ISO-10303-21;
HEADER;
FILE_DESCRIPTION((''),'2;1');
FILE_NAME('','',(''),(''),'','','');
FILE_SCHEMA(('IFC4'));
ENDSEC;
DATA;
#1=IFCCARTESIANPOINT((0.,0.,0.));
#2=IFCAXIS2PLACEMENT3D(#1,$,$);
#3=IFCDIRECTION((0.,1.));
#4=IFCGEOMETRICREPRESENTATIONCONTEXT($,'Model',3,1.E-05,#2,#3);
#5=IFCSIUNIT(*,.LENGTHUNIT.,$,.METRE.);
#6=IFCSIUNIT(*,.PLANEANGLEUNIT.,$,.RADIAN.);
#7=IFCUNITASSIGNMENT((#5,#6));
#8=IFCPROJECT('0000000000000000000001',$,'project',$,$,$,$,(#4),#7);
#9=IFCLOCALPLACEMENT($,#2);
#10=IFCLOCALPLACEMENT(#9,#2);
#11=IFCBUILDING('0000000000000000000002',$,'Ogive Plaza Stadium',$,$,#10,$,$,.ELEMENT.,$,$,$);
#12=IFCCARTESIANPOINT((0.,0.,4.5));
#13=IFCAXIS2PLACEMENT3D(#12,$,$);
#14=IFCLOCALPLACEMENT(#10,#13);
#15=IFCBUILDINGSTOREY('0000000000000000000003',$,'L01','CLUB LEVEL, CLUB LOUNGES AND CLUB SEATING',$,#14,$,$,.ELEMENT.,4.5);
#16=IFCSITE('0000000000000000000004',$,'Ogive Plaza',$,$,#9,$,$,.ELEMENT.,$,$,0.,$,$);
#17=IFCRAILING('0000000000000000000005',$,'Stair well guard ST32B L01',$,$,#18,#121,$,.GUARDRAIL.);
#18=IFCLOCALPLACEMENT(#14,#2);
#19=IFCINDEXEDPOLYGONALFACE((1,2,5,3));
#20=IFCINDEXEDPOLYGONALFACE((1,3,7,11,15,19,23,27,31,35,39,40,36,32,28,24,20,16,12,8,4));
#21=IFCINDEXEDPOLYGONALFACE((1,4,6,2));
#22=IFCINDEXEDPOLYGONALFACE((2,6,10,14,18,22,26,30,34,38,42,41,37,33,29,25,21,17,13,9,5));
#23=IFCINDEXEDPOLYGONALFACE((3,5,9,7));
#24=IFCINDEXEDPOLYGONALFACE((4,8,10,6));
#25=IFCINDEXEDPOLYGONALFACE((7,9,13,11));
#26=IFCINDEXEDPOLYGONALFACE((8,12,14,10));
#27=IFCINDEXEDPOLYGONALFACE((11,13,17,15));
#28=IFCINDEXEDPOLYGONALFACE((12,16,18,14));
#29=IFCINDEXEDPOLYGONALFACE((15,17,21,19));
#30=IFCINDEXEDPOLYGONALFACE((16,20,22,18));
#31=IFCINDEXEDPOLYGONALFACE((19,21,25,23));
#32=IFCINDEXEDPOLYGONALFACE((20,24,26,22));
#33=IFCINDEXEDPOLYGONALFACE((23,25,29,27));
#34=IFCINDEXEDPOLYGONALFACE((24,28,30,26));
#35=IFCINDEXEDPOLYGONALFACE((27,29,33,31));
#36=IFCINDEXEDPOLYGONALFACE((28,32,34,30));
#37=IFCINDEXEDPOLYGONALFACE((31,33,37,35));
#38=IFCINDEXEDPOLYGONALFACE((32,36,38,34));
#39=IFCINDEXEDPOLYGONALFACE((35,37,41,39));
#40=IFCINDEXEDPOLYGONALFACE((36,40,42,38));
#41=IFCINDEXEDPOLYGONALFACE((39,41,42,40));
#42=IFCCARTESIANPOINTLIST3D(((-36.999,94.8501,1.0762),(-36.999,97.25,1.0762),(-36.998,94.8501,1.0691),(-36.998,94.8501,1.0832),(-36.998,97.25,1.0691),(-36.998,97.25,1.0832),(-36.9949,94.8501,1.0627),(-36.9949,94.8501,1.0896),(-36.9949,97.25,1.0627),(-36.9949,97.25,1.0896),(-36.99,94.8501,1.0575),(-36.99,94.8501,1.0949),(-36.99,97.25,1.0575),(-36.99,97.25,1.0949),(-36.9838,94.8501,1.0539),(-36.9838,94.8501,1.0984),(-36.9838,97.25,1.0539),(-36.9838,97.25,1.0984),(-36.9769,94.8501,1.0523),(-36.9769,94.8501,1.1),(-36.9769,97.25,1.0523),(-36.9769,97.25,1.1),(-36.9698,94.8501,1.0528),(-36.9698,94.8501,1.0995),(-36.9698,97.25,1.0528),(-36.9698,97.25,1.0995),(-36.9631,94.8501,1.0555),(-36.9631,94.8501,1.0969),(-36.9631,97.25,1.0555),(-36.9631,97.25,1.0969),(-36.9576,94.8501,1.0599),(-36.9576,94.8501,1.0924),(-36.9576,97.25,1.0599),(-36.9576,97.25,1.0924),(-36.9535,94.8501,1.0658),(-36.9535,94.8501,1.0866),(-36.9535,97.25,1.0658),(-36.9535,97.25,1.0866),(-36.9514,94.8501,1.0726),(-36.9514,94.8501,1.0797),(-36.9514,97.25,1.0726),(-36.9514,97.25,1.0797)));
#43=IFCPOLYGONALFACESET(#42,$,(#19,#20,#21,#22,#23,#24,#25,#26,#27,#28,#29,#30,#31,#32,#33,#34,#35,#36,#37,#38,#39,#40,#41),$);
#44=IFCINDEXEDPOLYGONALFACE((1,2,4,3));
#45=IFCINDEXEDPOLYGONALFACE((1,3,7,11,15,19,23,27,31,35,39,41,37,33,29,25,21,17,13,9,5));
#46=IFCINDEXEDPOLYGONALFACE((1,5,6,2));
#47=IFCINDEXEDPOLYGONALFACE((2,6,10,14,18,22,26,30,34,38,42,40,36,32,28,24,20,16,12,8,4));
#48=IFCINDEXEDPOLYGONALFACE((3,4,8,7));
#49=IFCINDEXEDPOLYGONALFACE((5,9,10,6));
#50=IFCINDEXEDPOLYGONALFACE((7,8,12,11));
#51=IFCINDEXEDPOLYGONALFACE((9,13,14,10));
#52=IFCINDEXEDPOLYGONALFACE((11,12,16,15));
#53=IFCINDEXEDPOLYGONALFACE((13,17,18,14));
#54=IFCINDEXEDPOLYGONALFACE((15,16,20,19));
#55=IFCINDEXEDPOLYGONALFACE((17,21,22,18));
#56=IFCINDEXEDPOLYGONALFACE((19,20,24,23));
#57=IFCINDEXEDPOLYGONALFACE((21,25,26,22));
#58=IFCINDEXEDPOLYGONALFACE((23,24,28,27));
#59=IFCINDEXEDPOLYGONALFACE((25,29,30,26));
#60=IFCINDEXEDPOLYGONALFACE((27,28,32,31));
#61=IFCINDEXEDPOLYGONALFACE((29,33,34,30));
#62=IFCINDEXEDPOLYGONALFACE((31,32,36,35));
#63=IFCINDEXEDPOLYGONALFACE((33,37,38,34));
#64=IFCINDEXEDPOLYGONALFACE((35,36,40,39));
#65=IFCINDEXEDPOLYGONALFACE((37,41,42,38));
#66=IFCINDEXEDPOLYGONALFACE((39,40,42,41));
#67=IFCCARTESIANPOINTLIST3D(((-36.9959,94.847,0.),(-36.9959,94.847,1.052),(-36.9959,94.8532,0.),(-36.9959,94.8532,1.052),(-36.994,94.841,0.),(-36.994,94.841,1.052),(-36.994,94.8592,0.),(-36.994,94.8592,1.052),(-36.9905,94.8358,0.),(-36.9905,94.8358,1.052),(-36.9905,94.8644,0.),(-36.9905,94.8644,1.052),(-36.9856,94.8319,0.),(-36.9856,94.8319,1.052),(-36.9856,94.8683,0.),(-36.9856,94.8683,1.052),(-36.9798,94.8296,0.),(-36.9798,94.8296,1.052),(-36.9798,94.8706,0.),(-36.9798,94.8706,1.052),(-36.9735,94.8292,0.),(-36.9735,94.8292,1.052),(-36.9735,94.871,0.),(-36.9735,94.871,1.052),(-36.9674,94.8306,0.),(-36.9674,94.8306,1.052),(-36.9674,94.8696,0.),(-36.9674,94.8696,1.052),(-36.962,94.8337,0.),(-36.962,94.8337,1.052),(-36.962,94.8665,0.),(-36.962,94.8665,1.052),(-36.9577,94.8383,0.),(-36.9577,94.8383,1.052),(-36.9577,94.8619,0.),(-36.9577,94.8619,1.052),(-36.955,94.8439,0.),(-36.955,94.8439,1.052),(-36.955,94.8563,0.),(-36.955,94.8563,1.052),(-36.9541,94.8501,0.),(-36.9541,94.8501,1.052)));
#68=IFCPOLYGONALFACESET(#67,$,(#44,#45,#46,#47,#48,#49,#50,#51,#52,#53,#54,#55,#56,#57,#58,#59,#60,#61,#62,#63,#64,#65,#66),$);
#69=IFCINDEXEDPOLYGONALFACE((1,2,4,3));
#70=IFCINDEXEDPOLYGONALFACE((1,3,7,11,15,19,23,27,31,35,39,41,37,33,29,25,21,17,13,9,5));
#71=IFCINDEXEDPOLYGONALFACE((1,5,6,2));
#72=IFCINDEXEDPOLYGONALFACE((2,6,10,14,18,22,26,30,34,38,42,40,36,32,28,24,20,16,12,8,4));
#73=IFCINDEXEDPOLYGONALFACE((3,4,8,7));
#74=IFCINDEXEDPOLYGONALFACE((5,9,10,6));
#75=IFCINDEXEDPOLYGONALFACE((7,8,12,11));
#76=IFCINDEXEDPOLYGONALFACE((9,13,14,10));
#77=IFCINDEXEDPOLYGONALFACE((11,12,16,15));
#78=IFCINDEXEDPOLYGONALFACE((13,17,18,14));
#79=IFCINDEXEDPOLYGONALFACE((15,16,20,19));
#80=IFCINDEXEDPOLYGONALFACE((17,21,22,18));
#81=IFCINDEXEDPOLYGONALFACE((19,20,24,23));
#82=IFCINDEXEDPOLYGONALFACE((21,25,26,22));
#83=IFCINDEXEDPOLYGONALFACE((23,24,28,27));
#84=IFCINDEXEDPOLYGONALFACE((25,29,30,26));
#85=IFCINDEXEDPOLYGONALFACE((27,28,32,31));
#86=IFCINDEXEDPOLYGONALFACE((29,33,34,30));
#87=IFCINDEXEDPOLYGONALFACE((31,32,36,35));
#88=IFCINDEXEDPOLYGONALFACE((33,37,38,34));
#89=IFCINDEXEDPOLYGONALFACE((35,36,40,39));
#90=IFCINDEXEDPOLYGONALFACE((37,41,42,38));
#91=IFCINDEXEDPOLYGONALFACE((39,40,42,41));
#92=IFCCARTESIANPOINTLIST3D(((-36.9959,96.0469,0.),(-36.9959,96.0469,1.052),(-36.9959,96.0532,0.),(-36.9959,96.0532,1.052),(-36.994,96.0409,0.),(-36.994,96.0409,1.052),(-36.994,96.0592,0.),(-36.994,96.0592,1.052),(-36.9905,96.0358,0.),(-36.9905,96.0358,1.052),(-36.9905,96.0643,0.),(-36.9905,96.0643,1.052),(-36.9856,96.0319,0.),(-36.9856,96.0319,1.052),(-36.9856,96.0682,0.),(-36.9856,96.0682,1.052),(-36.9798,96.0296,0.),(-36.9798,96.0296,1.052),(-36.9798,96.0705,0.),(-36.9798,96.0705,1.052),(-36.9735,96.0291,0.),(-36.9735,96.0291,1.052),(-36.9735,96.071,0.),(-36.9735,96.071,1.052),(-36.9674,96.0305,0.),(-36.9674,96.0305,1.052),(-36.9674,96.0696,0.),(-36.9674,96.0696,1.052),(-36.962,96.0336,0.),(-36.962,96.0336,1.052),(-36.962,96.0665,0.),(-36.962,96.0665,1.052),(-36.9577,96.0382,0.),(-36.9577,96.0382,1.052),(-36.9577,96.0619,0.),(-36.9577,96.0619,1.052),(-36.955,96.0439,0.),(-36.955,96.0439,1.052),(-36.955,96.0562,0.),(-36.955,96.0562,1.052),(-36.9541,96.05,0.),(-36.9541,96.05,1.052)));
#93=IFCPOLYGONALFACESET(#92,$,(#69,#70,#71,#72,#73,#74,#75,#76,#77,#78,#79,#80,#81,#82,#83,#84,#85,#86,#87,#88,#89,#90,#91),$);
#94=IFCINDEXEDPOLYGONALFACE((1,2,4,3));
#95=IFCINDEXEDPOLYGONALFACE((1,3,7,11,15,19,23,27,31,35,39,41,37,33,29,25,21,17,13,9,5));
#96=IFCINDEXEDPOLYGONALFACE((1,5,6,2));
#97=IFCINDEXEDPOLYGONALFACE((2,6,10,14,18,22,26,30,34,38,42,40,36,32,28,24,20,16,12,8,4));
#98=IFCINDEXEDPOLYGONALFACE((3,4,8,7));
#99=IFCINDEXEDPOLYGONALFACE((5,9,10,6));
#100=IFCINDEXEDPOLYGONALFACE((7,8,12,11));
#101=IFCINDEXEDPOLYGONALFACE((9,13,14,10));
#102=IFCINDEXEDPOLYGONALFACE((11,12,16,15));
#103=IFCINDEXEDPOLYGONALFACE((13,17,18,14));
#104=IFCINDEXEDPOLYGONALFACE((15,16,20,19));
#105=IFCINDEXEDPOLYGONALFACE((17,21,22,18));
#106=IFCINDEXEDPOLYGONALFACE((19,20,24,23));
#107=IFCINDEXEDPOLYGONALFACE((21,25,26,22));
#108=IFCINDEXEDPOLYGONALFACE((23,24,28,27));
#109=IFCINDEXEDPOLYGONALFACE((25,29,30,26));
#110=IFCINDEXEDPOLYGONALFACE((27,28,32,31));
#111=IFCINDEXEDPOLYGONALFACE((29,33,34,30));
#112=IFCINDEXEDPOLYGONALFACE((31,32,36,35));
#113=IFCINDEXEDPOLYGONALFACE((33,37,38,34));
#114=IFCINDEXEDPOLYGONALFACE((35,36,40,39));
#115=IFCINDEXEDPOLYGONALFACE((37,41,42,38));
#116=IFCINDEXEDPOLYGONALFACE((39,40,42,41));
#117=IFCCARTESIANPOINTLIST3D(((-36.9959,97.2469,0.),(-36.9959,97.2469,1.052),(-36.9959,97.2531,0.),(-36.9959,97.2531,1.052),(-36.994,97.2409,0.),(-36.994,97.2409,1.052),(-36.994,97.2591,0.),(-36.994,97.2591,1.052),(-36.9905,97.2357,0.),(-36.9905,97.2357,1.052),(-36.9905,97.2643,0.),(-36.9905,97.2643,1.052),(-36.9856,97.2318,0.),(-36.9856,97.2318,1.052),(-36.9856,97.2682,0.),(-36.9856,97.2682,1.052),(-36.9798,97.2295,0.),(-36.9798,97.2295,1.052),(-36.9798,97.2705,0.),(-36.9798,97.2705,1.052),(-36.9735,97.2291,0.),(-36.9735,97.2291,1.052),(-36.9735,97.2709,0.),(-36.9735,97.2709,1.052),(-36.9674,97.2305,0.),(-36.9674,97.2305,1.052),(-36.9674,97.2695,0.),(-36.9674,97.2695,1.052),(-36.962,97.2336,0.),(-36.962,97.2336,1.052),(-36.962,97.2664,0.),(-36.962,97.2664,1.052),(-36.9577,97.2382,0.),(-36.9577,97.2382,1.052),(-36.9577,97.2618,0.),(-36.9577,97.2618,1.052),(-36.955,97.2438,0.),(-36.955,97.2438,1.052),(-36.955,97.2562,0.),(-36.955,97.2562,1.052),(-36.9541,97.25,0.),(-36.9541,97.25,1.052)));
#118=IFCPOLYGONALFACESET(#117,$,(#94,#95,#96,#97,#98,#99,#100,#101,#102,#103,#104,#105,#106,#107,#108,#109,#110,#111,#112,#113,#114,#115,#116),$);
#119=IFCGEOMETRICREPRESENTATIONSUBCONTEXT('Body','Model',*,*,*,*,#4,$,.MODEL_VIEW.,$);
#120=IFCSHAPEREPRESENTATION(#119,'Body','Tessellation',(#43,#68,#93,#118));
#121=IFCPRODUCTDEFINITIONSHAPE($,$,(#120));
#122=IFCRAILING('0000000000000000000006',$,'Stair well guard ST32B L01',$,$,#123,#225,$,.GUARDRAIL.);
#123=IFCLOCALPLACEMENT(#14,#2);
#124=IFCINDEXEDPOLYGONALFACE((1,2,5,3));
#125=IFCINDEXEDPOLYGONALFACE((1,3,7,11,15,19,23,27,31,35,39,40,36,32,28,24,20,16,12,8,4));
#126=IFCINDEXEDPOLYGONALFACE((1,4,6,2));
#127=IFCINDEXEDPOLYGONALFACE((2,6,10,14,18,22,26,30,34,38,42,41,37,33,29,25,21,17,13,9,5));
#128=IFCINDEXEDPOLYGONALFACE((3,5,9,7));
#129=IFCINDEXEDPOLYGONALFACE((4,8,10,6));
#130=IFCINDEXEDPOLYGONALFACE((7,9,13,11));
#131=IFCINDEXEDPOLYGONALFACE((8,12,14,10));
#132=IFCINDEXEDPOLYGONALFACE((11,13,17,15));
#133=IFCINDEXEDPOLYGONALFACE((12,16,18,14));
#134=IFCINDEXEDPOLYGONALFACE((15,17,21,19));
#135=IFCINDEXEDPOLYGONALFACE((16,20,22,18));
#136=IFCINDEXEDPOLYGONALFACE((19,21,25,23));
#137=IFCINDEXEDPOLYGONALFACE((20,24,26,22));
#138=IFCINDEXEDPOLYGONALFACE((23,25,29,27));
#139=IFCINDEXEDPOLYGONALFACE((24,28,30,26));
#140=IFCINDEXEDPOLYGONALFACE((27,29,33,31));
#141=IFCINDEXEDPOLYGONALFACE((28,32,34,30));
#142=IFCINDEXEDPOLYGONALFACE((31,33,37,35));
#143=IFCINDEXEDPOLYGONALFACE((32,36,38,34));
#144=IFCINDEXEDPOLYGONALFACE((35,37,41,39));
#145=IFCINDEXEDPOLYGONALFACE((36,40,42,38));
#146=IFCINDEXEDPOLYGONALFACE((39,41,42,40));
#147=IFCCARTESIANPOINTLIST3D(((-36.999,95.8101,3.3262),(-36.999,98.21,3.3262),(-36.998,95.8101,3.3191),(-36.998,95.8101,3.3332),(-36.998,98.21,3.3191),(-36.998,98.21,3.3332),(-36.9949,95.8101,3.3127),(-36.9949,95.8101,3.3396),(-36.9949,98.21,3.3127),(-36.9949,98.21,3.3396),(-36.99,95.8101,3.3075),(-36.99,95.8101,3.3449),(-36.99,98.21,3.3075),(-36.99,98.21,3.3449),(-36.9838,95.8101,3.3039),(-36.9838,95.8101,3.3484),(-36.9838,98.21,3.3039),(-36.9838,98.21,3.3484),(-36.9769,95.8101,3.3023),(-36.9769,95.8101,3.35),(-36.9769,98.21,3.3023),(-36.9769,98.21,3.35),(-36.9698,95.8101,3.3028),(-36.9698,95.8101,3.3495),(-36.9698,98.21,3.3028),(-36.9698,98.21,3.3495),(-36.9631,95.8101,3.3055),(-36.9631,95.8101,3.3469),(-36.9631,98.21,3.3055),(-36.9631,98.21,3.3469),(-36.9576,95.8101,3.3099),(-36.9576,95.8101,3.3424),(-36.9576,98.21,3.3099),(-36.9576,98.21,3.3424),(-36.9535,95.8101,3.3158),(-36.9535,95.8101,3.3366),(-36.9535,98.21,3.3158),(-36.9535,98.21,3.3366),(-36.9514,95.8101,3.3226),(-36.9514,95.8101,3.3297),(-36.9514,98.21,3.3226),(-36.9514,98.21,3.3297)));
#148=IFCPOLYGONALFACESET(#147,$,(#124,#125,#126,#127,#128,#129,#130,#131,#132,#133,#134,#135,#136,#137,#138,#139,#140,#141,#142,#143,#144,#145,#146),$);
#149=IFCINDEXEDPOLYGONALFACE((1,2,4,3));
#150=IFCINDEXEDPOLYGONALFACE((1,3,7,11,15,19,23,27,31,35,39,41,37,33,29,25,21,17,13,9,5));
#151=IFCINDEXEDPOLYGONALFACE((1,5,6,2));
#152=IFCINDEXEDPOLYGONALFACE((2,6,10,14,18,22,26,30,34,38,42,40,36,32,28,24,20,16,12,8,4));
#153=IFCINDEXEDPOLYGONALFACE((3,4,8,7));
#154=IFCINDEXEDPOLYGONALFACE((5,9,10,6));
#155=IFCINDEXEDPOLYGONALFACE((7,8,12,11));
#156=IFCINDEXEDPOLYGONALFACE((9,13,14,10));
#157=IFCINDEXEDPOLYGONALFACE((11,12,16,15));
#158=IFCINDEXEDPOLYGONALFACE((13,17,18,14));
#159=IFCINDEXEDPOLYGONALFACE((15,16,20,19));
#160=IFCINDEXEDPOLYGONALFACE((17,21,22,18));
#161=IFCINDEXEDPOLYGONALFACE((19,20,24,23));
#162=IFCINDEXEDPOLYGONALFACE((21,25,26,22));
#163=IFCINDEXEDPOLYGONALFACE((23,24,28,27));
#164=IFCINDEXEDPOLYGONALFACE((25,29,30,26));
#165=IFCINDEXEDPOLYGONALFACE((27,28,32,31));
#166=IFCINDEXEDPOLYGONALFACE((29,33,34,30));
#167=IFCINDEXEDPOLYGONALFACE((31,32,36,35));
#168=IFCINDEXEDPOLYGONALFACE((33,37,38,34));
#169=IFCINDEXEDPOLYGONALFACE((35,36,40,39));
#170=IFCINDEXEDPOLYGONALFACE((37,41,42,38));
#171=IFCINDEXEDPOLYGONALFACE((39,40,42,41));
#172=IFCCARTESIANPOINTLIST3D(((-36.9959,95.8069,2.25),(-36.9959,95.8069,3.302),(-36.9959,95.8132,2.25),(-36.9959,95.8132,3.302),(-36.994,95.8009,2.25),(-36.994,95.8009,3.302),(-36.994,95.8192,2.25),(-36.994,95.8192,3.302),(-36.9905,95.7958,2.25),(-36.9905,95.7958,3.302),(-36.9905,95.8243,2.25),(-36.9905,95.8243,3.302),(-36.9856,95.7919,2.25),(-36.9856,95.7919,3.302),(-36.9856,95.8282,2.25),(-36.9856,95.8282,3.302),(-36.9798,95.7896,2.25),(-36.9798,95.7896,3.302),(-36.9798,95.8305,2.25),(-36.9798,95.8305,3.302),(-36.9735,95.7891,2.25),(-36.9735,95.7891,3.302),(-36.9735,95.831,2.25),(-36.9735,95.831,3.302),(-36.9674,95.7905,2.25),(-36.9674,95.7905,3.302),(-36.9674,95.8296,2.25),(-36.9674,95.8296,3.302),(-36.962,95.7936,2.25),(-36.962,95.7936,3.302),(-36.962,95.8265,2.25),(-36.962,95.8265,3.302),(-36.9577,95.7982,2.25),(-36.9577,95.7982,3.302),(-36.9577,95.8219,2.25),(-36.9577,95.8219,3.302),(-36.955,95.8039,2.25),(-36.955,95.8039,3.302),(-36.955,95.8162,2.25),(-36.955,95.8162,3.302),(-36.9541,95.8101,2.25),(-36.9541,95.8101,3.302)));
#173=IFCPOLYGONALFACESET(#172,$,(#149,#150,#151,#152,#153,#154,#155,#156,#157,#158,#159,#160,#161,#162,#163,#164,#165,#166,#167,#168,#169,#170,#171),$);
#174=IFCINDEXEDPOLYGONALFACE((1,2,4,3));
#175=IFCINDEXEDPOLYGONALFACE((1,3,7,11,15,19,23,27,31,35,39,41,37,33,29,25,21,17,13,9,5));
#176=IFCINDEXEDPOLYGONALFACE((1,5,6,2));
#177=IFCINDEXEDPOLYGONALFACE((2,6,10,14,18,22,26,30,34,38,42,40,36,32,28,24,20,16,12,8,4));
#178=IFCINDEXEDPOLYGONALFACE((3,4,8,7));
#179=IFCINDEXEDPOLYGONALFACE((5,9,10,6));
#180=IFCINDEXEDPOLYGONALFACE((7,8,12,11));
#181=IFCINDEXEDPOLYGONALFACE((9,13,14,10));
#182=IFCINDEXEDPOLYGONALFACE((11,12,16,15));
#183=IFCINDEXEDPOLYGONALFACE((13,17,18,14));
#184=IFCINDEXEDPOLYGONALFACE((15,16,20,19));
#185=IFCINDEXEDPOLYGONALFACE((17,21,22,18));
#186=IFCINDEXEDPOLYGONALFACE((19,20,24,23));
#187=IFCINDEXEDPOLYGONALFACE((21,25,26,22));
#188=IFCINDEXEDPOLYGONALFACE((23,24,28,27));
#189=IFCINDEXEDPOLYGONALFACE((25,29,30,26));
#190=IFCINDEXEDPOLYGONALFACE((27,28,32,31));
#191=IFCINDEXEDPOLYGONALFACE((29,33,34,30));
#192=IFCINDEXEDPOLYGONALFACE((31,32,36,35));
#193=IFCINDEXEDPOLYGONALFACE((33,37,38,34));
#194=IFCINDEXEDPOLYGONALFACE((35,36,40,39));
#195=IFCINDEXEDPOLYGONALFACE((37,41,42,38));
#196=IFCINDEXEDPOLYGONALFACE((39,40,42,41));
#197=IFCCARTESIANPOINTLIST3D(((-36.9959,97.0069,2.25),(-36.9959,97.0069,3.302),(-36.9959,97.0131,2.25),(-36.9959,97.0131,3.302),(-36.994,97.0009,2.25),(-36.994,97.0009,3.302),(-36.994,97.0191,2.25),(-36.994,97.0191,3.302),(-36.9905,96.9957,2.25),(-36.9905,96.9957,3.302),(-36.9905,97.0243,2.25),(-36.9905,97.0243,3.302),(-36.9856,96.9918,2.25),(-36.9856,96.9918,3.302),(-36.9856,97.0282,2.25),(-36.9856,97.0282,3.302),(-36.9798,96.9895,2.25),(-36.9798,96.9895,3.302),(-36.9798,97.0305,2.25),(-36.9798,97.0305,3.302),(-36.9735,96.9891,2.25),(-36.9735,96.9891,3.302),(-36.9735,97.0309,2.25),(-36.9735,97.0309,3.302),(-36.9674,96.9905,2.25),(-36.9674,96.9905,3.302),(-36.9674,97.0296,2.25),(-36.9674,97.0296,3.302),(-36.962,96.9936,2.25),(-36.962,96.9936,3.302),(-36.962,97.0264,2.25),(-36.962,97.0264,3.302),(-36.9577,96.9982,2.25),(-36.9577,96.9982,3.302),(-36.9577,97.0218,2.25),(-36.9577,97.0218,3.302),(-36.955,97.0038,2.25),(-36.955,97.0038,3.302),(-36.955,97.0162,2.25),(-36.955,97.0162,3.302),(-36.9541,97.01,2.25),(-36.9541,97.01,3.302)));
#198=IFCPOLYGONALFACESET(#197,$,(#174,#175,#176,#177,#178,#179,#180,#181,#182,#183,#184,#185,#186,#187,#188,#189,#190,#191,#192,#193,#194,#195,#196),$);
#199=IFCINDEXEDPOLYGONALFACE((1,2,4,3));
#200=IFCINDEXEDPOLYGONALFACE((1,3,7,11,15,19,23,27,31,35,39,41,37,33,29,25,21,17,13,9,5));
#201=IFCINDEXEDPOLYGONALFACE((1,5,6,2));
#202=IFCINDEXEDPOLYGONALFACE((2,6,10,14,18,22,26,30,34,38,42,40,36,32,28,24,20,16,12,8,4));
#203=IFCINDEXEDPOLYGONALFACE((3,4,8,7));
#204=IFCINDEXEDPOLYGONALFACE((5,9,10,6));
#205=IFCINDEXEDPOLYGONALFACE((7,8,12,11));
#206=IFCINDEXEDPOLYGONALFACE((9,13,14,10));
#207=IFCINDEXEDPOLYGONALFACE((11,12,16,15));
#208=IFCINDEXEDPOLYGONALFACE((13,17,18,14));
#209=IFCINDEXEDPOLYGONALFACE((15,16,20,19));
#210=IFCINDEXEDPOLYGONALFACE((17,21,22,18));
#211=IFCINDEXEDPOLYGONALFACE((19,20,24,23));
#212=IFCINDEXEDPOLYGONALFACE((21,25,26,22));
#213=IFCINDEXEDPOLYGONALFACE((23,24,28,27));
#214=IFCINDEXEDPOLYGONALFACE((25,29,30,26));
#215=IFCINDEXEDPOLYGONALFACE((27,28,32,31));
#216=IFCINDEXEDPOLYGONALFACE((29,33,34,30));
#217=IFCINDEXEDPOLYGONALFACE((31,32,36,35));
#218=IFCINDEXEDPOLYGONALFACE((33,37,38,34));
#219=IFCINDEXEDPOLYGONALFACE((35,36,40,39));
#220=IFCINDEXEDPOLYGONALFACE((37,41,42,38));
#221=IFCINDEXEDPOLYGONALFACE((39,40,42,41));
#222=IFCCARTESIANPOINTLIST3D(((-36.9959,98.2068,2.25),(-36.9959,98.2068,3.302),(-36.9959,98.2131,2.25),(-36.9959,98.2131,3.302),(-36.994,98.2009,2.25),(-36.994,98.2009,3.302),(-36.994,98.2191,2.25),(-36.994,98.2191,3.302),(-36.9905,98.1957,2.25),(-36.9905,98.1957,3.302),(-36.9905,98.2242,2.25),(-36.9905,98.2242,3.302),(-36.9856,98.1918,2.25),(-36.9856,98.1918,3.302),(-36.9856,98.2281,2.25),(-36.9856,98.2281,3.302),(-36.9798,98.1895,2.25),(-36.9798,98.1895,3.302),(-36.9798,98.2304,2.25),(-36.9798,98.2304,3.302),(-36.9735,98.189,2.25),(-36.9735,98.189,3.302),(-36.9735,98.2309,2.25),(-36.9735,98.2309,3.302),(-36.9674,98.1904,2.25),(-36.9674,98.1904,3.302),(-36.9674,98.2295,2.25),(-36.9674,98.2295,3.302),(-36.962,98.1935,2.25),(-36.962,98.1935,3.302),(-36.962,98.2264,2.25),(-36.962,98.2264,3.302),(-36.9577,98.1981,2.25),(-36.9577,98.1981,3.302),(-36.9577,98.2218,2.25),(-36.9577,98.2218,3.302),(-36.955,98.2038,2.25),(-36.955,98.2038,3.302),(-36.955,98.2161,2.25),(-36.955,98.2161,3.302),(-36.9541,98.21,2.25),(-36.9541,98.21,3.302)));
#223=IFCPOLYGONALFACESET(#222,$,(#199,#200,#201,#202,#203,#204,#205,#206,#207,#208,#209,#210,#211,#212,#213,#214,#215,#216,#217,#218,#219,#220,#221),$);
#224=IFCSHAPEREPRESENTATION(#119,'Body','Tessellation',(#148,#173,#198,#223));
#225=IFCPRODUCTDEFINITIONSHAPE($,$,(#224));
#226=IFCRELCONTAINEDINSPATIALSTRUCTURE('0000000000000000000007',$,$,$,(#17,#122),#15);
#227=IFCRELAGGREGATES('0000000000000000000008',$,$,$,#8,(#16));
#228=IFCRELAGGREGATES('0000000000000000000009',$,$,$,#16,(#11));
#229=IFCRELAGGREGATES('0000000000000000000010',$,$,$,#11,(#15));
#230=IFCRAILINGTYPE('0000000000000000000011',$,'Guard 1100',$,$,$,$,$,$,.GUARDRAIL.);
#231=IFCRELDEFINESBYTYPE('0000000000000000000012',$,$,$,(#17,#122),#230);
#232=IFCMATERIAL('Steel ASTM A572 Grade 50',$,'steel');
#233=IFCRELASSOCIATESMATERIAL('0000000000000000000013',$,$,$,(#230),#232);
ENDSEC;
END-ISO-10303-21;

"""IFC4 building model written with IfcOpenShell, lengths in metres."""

from ifc_helpers import new_model, si_unit, direction, frame, origin, origin_2d, place, context, subcontext, project, spatial, circle, extrude, material, type_object, element, save


model = new_model("IFC4")

# Units and contexts
model_context = context("Model", 3, precision=1e-05, world=origin(), true_north=direction((0.0, 1.0)))
body_context = subcontext(model_context, "Body", "Model", "MODEL_VIEW")
ifc_project = project(units=[si_unit("LENGTHUNIT", "METRE"), si_unit("PLANEANGLEUNIT", "RADIAN")], contexts=[model_context])

# Site, building, storey
site_placement = place(None, origin())
site = spatial("IfcSite", under=ifc_project, at=site_placement, Name="Ogive Plaza", CompositionType="ELEMENT", RefElevation=0.0)
building_placement = place(site_placement, origin())
building = spatial("IfcBuilding", under=site, at=building_placement, Name="Ogive Plaza Stadium", CompositionType="ELEMENT")
storey_placement = place(building_placement, frame((0.0, 0.0, 4.5)))
storey = spatial("IfcBuildingStorey", under=building, at=storey_placement, Name="L01", Description="CLUB LEVEL, CLUB LOUNGES AND CLUB SEATING", CompositionType="ELEMENT", Elevation=4.5)

# Railings
ifc_material_1 = material(Name="Steel ASTM A572 Grade 50", Category="steel")
railing_type_1 = type_object("IfcRailingType", Name="Guard 1100", PredefinedType="GUARDRAIL", material=ifc_material_1)
for number, where, name in (
    (1, (-36.9751, 94.8501, 0.0), "Stair well guard ST32B L01"),
    (2, (-36.9751, 95.8101, 2.25), "Stair well guard ST32B L01"),
):
    element("IfcRailing", number, at=place(storey_placement, frame(where)), inside=storey, type_object=railing_type_1, Name=name, PredefinedType="GUARDRAIL", context=body_context, shape_type="SweptSolid", body=[
        extrude(circle(Radius=0.0239, at=origin_2d()), frame((0.0, 0.0, 1.0762), z_axis=(0.0, 1.0, 0.0), x_axis=(-1.0, 0.0, 0.0)), (0.0, 0.0, 1.0), 2.3999),
        extrude(circle(Radius=0.021, at=origin_2d()), origin(), (0.0, 0.0, 1.0), 1.052),
        extrude(circle(Radius=0.021, at=origin_2d()), frame((0.0, 1.2, 0.0)), (0.0, 0.0, 1.0), 1.052),
        extrude(circle(Radius=0.021, at=origin_2d()), frame((0.0, 2.3999, 0.0)), (0.0, 0.0, 1.0), 1.052),
    ])

save(model, "model.ifc")
